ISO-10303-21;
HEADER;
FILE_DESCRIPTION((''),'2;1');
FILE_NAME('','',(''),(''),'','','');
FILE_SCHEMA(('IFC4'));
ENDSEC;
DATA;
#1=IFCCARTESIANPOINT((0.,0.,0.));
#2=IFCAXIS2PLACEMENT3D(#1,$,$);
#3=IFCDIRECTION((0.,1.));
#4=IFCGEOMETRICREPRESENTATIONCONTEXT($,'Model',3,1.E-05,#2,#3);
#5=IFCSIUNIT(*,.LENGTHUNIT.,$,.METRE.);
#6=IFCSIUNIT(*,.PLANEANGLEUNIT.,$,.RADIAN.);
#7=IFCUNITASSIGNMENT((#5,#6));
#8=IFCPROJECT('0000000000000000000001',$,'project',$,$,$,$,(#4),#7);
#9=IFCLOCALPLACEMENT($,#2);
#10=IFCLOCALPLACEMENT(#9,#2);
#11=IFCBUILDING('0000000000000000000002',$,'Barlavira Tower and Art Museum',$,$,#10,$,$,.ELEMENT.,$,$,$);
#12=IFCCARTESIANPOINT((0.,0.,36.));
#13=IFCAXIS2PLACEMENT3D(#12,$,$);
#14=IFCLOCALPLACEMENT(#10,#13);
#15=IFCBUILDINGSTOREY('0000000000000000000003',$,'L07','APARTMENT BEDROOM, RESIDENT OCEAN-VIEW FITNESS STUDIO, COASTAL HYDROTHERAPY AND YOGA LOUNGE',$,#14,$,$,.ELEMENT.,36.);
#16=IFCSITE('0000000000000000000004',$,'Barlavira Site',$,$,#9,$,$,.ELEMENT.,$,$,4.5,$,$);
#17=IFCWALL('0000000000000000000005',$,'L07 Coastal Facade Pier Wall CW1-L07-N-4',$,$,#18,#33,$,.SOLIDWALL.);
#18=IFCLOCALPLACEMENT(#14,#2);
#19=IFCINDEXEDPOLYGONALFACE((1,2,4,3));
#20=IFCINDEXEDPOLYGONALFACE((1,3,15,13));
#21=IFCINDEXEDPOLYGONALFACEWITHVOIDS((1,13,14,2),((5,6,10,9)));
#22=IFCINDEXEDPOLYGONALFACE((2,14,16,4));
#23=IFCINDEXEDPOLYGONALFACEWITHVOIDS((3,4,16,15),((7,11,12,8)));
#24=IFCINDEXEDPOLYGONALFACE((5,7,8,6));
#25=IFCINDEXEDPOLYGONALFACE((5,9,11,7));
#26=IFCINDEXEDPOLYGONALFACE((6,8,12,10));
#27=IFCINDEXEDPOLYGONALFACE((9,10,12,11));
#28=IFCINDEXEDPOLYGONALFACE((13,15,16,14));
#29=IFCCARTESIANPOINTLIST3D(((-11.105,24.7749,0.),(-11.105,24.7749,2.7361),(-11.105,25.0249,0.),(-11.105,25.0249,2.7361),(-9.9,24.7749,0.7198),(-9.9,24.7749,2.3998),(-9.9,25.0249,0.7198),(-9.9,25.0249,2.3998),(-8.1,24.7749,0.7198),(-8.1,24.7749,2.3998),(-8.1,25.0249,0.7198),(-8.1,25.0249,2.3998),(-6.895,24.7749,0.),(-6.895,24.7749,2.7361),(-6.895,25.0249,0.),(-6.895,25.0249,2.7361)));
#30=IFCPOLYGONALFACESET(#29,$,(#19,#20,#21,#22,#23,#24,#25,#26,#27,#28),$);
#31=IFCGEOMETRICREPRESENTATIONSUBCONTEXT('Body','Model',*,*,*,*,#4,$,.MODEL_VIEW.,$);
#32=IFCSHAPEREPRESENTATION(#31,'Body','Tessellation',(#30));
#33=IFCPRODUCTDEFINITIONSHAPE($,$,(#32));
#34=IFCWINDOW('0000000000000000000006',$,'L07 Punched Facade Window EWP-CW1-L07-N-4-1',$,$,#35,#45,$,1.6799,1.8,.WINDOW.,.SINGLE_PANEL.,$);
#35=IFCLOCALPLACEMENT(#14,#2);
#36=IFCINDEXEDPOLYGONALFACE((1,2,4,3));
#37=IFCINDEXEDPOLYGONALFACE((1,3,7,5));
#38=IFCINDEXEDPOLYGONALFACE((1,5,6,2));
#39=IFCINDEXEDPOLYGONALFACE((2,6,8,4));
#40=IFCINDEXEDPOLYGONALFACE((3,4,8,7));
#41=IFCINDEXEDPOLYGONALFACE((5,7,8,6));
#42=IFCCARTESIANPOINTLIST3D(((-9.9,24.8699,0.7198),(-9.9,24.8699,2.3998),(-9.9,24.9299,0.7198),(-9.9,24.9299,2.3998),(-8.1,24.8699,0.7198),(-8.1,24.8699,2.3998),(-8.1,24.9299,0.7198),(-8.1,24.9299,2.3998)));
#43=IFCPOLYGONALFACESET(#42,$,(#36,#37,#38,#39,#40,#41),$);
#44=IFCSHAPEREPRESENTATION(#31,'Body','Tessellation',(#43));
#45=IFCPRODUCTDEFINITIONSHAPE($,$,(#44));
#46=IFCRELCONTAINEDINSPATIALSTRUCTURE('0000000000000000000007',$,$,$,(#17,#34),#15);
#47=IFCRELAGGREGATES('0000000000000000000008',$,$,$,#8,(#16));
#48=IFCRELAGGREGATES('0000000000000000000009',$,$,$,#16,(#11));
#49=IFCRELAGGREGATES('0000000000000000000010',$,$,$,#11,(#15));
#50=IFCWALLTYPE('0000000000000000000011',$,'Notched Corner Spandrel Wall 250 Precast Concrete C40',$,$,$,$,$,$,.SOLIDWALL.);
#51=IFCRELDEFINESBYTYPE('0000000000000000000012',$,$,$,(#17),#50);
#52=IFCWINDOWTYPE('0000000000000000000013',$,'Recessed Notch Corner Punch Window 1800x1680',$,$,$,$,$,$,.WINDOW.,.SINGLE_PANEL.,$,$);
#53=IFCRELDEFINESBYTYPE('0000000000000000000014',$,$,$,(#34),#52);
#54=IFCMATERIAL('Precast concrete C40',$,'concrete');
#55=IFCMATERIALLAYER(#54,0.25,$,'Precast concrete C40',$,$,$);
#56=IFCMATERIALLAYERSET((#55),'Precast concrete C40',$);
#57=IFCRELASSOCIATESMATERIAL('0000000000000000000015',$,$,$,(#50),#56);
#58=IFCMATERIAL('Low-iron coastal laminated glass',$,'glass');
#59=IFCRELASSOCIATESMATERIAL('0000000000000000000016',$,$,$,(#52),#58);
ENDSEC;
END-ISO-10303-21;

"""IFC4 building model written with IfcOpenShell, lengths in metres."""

from ifc_helpers import new_model, si_unit, direction, frame, frame_2d, origin, place, context, subcontext, project, spatial, rectangle, extrude, material, layer, layer_set, type_object, element, fill, save


model = new_model("IFC4")

# Units and contexts
model_context = context("Model", 3, precision=1e-05, world=origin(), true_north=direction((0.0, 1.0)))
body_context = subcontext(model_context, "Body", "Model", "MODEL_VIEW")
ifc_project = project(units=[si_unit("LENGTHUNIT", "METRE"), si_unit("PLANEANGLEUNIT", "RADIAN")], contexts=[model_context])

# Site, building, storey
site_placement = place(None, origin())
site = spatial("IfcSite", under=ifc_project, at=site_placement, Name="Barlavira Site", CompositionType="ELEMENT", RefElevation=4.5)
building_placement = place(site_placement, origin())
building = spatial("IfcBuilding", under=site, at=building_placement, Name="Barlavira Tower and Art Museum", CompositionType="ELEMENT")
storey_placement = place(building_placement, frame((0.0, 0.0, 36.0)))
storey = spatial("IfcBuildingStorey", under=building, at=storey_placement, Name="L07", Description="APARTMENT BEDROOM, RESIDENT OCEAN-VIEW FITNESS STUDIO, COASTAL HYDROTHERAPY AND YOGA LOUNGE", CompositionType="ELEMENT", Elevation=36.0)

# Shared definitions
ifc_material_1 = material(Name="Low-iron coastal laminated glass", Category="glass")

# Wall, opening, window
ifc_material_2 = material(Name="Precast concrete C40", Category="concrete")
ifc_layer_1 = layer(ifc_material_2, 0.25, Name="Precast concrete C40")
ifc_layer_set_1 = layer_set([ifc_layer_1], Name="Precast concrete C40")
wall_type_1 = type_object("IfcWallType", Name="Notched Corner Spandrel Wall 250 Precast Concrete C40", PredefinedType="SOLIDWALL", material=ifc_layer_set_1)
wall_1_placement = place(storey_placement, frame((-6.895, 24.8999, 0.0), z_axis=(0.0, 0.0, 1.0), x_axis=(-1.0, 0.0, 0.0)))
wall_1 = element("IfcWall", 1, at=wall_1_placement, inside=storey, type_object=wall_type_1, Name="L07 Coastal Facade Pier Wall CW1-L07-N-4", PredefinedType="SOLIDWALL", context=body_context, shape_type="SweptSolid", body=[
    extrude(rectangle(XDim=4.21, YDim=0.25, at=frame_2d((2.105, 0.0))), origin(), (0.0, 0.0, 1.0), 2.7361),
])
opening_1_placement = place(wall_1_placement, frame((1.2051, 0.0, 0.72)))
opening_1 = element("IfcOpeningElement", 2, at=opening_1_placement, cuts=wall_1, PredefinedType="OPENING", context=body_context, shape_type="SweptSolid", body=[
    extrude(rectangle(XDim=1.8, YDim=1.6799, at=frame_2d((0.8999, 0.8398))), frame((0.0, 0.135, 0.0), z_axis=(0.0, -1.0, 0.0), x_axis=(1.0, 0.0, 0.0)), (0.0, 0.0, 1.0), 0.27),
])
window_type = type_object("IfcWindowType", Name="Recessed Notch Corner Punch Window 1800x1680", PartitioningType="SINGLE_PANEL", PredefinedType="WINDOW", material=ifc_material_1)
window_placement = place(opening_1_placement, origin())
window = element("IfcWindow", 3, at=window_placement, inside=storey, type_object=window_type, Name="L07 Punched Facade Window EWP-CW1-L07-N-4-1", OverallHeight=1.6799, OverallWidth=1.8, PartitioningType="SINGLE_PANEL", PredefinedType="WINDOW", context=body_context, shape_type="SweptSolid", body=[
    extrude(rectangle(XDim=1.8, YDim=1.6799, at=frame_2d((0.8999, 0.8398))), frame((0.0, 0.03, 0.0), z_axis=(0.0, -1.0, 0.0), x_axis=(1.0, 0.0, 0.0)), (0.0, 0.0, 1.0), 0.0601),
])
fill(opening_1, window)

save(model, "model.ifc")
